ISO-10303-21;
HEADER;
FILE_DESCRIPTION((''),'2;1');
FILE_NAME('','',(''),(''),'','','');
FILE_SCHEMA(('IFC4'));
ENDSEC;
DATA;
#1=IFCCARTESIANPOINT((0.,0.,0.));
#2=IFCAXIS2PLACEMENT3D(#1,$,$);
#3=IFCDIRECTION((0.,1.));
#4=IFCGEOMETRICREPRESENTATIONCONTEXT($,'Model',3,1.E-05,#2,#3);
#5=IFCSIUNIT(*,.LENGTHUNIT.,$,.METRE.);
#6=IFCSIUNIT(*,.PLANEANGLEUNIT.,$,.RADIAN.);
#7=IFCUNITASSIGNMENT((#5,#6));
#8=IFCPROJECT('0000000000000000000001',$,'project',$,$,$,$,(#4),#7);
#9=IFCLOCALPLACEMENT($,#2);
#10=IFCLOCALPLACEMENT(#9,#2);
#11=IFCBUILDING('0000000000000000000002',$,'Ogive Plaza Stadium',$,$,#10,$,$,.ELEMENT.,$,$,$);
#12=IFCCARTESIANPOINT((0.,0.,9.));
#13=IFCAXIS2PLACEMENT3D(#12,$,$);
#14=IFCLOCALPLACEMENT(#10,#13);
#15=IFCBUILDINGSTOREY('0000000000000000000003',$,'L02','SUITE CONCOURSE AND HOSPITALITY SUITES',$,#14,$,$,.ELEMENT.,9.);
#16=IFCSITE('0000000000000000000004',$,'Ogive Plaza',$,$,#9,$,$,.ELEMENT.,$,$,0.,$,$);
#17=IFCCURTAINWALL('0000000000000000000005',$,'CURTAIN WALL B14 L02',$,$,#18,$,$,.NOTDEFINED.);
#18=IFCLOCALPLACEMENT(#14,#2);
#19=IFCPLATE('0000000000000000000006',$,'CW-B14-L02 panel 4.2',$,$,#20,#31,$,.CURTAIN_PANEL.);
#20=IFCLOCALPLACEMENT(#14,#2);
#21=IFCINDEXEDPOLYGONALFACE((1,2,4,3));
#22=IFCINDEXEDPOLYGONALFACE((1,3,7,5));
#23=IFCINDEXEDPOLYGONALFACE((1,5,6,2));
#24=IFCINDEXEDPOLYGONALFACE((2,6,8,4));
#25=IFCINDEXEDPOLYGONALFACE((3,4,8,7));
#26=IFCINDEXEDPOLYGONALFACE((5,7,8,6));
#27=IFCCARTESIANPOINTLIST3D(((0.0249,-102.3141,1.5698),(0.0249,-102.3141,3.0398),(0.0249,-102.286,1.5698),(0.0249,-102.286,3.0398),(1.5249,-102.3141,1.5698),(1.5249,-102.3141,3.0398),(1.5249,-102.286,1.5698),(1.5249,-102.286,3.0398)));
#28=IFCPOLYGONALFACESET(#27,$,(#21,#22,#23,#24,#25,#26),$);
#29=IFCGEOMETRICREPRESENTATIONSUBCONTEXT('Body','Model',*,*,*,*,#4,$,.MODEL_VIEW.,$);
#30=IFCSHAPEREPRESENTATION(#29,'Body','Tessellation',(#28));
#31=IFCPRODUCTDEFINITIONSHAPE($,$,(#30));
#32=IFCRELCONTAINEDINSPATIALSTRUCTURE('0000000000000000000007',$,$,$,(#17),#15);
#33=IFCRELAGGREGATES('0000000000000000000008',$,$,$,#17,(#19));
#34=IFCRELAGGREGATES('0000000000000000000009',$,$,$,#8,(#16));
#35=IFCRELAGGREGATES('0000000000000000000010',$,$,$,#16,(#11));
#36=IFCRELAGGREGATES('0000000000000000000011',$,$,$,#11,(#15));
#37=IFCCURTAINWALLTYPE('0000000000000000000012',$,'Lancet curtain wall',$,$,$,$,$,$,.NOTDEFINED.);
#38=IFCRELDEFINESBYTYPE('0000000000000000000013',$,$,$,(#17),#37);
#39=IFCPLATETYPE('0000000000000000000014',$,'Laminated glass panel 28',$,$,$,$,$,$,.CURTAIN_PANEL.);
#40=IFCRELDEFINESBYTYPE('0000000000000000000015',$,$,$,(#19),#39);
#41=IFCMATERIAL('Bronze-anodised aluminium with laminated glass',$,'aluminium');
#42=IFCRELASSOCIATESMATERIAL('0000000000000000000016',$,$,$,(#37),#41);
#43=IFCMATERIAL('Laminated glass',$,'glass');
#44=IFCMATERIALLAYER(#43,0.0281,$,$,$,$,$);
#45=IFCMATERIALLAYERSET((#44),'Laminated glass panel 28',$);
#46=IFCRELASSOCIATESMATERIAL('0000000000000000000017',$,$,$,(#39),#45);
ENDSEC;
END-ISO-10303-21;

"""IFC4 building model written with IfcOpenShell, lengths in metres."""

from ifc_helpers import new_model, si_unit, direction, frame, origin, origin_2d, place, context, subcontext, project, spatial, rectangle, extrude, material, layer, layer_set, type_object, element, aggregate, save


model = new_model("IFC4")

# Units and contexts
model_context = context("Model", 3, precision=1e-05, world=origin(), true_north=direction((0.0, 1.0)))
body_context = subcontext(model_context, "Body", "Model", "MODEL_VIEW")
ifc_project = project(units=[si_unit("LENGTHUNIT", "METRE"), si_unit("PLANEANGLEUNIT", "RADIAN")], contexts=[model_context])

# Site, building, storey
site_placement = place(None, origin())
site = spatial("IfcSite", under=ifc_project, at=site_placement, Name="Ogive Plaza", CompositionType="ELEMENT", RefElevation=0.0)
building_placement = place(site_placement, origin())
building = spatial("IfcBuilding", under=site, at=building_placement, Name="Ogive Plaza Stadium", CompositionType="ELEMENT")
storey_placement = place(building_placement, frame((0.0, 0.0, 9.0)))
storey = spatial("IfcBuildingStorey", under=building, at=storey_placement, Name="L02", Description="SUITE CONCOURSE AND HOSPITALITY SUITES", CompositionType="ELEMENT", Elevation=9.0)

# Shared definitions
ifc_material_1 = material(Name="Bronze-anodised aluminium with laminated glass", Category="aluminium")
curtain_wall_type = type_object("IfcCurtainWallType", Name="Lancet curtain wall", PredefinedType="NOTDEFINED", material=ifc_material_1)

# Curtain wall
curtain_wall_1_placement = place(storey_placement, origin())
curtain_wall_1 = element("IfcCurtainWall", 1, at=curtain_wall_1_placement, inside=storey, type_object=curtain_wall_type, Name="CURTAIN WALL B14 L02", PredefinedType="NOTDEFINED")

# Plate
ifc_material_2 = material(Name="Laminated glass", Category="glass")
ifc_layer = layer(ifc_material_2, 0.0281)
ifc_layer_set = layer_set([ifc_layer], Name="Laminated glass panel 28")
plate_type = type_object("IfcPlateType", Name="Laminated glass panel 28", PredefinedType="CURTAIN_PANEL", material=ifc_layer_set)
plate_1_placement = place(storey_placement, frame((0.7749, -102.3, 1.5698), z_axis=(0.0, 0.0, 1.0), x_axis=(-1.0, 0.0, 0.0)))
plate_1 = element("IfcPlate", 2, at=plate_1_placement, type_object=plate_type, Name="CW-B14-L02 panel 4.2", PredefinedType="CURTAIN_PANEL", context=body_context, shape_type="SweptSolid", body=[
    extrude(rectangle(XDim=1.5, YDim=0.0281, at=origin_2d()), origin(), (0.0, 0.0, 1.0), 1.47),
])
aggregate(curtain_wall_1, [plate_1])

save(model, "model.ifc")
